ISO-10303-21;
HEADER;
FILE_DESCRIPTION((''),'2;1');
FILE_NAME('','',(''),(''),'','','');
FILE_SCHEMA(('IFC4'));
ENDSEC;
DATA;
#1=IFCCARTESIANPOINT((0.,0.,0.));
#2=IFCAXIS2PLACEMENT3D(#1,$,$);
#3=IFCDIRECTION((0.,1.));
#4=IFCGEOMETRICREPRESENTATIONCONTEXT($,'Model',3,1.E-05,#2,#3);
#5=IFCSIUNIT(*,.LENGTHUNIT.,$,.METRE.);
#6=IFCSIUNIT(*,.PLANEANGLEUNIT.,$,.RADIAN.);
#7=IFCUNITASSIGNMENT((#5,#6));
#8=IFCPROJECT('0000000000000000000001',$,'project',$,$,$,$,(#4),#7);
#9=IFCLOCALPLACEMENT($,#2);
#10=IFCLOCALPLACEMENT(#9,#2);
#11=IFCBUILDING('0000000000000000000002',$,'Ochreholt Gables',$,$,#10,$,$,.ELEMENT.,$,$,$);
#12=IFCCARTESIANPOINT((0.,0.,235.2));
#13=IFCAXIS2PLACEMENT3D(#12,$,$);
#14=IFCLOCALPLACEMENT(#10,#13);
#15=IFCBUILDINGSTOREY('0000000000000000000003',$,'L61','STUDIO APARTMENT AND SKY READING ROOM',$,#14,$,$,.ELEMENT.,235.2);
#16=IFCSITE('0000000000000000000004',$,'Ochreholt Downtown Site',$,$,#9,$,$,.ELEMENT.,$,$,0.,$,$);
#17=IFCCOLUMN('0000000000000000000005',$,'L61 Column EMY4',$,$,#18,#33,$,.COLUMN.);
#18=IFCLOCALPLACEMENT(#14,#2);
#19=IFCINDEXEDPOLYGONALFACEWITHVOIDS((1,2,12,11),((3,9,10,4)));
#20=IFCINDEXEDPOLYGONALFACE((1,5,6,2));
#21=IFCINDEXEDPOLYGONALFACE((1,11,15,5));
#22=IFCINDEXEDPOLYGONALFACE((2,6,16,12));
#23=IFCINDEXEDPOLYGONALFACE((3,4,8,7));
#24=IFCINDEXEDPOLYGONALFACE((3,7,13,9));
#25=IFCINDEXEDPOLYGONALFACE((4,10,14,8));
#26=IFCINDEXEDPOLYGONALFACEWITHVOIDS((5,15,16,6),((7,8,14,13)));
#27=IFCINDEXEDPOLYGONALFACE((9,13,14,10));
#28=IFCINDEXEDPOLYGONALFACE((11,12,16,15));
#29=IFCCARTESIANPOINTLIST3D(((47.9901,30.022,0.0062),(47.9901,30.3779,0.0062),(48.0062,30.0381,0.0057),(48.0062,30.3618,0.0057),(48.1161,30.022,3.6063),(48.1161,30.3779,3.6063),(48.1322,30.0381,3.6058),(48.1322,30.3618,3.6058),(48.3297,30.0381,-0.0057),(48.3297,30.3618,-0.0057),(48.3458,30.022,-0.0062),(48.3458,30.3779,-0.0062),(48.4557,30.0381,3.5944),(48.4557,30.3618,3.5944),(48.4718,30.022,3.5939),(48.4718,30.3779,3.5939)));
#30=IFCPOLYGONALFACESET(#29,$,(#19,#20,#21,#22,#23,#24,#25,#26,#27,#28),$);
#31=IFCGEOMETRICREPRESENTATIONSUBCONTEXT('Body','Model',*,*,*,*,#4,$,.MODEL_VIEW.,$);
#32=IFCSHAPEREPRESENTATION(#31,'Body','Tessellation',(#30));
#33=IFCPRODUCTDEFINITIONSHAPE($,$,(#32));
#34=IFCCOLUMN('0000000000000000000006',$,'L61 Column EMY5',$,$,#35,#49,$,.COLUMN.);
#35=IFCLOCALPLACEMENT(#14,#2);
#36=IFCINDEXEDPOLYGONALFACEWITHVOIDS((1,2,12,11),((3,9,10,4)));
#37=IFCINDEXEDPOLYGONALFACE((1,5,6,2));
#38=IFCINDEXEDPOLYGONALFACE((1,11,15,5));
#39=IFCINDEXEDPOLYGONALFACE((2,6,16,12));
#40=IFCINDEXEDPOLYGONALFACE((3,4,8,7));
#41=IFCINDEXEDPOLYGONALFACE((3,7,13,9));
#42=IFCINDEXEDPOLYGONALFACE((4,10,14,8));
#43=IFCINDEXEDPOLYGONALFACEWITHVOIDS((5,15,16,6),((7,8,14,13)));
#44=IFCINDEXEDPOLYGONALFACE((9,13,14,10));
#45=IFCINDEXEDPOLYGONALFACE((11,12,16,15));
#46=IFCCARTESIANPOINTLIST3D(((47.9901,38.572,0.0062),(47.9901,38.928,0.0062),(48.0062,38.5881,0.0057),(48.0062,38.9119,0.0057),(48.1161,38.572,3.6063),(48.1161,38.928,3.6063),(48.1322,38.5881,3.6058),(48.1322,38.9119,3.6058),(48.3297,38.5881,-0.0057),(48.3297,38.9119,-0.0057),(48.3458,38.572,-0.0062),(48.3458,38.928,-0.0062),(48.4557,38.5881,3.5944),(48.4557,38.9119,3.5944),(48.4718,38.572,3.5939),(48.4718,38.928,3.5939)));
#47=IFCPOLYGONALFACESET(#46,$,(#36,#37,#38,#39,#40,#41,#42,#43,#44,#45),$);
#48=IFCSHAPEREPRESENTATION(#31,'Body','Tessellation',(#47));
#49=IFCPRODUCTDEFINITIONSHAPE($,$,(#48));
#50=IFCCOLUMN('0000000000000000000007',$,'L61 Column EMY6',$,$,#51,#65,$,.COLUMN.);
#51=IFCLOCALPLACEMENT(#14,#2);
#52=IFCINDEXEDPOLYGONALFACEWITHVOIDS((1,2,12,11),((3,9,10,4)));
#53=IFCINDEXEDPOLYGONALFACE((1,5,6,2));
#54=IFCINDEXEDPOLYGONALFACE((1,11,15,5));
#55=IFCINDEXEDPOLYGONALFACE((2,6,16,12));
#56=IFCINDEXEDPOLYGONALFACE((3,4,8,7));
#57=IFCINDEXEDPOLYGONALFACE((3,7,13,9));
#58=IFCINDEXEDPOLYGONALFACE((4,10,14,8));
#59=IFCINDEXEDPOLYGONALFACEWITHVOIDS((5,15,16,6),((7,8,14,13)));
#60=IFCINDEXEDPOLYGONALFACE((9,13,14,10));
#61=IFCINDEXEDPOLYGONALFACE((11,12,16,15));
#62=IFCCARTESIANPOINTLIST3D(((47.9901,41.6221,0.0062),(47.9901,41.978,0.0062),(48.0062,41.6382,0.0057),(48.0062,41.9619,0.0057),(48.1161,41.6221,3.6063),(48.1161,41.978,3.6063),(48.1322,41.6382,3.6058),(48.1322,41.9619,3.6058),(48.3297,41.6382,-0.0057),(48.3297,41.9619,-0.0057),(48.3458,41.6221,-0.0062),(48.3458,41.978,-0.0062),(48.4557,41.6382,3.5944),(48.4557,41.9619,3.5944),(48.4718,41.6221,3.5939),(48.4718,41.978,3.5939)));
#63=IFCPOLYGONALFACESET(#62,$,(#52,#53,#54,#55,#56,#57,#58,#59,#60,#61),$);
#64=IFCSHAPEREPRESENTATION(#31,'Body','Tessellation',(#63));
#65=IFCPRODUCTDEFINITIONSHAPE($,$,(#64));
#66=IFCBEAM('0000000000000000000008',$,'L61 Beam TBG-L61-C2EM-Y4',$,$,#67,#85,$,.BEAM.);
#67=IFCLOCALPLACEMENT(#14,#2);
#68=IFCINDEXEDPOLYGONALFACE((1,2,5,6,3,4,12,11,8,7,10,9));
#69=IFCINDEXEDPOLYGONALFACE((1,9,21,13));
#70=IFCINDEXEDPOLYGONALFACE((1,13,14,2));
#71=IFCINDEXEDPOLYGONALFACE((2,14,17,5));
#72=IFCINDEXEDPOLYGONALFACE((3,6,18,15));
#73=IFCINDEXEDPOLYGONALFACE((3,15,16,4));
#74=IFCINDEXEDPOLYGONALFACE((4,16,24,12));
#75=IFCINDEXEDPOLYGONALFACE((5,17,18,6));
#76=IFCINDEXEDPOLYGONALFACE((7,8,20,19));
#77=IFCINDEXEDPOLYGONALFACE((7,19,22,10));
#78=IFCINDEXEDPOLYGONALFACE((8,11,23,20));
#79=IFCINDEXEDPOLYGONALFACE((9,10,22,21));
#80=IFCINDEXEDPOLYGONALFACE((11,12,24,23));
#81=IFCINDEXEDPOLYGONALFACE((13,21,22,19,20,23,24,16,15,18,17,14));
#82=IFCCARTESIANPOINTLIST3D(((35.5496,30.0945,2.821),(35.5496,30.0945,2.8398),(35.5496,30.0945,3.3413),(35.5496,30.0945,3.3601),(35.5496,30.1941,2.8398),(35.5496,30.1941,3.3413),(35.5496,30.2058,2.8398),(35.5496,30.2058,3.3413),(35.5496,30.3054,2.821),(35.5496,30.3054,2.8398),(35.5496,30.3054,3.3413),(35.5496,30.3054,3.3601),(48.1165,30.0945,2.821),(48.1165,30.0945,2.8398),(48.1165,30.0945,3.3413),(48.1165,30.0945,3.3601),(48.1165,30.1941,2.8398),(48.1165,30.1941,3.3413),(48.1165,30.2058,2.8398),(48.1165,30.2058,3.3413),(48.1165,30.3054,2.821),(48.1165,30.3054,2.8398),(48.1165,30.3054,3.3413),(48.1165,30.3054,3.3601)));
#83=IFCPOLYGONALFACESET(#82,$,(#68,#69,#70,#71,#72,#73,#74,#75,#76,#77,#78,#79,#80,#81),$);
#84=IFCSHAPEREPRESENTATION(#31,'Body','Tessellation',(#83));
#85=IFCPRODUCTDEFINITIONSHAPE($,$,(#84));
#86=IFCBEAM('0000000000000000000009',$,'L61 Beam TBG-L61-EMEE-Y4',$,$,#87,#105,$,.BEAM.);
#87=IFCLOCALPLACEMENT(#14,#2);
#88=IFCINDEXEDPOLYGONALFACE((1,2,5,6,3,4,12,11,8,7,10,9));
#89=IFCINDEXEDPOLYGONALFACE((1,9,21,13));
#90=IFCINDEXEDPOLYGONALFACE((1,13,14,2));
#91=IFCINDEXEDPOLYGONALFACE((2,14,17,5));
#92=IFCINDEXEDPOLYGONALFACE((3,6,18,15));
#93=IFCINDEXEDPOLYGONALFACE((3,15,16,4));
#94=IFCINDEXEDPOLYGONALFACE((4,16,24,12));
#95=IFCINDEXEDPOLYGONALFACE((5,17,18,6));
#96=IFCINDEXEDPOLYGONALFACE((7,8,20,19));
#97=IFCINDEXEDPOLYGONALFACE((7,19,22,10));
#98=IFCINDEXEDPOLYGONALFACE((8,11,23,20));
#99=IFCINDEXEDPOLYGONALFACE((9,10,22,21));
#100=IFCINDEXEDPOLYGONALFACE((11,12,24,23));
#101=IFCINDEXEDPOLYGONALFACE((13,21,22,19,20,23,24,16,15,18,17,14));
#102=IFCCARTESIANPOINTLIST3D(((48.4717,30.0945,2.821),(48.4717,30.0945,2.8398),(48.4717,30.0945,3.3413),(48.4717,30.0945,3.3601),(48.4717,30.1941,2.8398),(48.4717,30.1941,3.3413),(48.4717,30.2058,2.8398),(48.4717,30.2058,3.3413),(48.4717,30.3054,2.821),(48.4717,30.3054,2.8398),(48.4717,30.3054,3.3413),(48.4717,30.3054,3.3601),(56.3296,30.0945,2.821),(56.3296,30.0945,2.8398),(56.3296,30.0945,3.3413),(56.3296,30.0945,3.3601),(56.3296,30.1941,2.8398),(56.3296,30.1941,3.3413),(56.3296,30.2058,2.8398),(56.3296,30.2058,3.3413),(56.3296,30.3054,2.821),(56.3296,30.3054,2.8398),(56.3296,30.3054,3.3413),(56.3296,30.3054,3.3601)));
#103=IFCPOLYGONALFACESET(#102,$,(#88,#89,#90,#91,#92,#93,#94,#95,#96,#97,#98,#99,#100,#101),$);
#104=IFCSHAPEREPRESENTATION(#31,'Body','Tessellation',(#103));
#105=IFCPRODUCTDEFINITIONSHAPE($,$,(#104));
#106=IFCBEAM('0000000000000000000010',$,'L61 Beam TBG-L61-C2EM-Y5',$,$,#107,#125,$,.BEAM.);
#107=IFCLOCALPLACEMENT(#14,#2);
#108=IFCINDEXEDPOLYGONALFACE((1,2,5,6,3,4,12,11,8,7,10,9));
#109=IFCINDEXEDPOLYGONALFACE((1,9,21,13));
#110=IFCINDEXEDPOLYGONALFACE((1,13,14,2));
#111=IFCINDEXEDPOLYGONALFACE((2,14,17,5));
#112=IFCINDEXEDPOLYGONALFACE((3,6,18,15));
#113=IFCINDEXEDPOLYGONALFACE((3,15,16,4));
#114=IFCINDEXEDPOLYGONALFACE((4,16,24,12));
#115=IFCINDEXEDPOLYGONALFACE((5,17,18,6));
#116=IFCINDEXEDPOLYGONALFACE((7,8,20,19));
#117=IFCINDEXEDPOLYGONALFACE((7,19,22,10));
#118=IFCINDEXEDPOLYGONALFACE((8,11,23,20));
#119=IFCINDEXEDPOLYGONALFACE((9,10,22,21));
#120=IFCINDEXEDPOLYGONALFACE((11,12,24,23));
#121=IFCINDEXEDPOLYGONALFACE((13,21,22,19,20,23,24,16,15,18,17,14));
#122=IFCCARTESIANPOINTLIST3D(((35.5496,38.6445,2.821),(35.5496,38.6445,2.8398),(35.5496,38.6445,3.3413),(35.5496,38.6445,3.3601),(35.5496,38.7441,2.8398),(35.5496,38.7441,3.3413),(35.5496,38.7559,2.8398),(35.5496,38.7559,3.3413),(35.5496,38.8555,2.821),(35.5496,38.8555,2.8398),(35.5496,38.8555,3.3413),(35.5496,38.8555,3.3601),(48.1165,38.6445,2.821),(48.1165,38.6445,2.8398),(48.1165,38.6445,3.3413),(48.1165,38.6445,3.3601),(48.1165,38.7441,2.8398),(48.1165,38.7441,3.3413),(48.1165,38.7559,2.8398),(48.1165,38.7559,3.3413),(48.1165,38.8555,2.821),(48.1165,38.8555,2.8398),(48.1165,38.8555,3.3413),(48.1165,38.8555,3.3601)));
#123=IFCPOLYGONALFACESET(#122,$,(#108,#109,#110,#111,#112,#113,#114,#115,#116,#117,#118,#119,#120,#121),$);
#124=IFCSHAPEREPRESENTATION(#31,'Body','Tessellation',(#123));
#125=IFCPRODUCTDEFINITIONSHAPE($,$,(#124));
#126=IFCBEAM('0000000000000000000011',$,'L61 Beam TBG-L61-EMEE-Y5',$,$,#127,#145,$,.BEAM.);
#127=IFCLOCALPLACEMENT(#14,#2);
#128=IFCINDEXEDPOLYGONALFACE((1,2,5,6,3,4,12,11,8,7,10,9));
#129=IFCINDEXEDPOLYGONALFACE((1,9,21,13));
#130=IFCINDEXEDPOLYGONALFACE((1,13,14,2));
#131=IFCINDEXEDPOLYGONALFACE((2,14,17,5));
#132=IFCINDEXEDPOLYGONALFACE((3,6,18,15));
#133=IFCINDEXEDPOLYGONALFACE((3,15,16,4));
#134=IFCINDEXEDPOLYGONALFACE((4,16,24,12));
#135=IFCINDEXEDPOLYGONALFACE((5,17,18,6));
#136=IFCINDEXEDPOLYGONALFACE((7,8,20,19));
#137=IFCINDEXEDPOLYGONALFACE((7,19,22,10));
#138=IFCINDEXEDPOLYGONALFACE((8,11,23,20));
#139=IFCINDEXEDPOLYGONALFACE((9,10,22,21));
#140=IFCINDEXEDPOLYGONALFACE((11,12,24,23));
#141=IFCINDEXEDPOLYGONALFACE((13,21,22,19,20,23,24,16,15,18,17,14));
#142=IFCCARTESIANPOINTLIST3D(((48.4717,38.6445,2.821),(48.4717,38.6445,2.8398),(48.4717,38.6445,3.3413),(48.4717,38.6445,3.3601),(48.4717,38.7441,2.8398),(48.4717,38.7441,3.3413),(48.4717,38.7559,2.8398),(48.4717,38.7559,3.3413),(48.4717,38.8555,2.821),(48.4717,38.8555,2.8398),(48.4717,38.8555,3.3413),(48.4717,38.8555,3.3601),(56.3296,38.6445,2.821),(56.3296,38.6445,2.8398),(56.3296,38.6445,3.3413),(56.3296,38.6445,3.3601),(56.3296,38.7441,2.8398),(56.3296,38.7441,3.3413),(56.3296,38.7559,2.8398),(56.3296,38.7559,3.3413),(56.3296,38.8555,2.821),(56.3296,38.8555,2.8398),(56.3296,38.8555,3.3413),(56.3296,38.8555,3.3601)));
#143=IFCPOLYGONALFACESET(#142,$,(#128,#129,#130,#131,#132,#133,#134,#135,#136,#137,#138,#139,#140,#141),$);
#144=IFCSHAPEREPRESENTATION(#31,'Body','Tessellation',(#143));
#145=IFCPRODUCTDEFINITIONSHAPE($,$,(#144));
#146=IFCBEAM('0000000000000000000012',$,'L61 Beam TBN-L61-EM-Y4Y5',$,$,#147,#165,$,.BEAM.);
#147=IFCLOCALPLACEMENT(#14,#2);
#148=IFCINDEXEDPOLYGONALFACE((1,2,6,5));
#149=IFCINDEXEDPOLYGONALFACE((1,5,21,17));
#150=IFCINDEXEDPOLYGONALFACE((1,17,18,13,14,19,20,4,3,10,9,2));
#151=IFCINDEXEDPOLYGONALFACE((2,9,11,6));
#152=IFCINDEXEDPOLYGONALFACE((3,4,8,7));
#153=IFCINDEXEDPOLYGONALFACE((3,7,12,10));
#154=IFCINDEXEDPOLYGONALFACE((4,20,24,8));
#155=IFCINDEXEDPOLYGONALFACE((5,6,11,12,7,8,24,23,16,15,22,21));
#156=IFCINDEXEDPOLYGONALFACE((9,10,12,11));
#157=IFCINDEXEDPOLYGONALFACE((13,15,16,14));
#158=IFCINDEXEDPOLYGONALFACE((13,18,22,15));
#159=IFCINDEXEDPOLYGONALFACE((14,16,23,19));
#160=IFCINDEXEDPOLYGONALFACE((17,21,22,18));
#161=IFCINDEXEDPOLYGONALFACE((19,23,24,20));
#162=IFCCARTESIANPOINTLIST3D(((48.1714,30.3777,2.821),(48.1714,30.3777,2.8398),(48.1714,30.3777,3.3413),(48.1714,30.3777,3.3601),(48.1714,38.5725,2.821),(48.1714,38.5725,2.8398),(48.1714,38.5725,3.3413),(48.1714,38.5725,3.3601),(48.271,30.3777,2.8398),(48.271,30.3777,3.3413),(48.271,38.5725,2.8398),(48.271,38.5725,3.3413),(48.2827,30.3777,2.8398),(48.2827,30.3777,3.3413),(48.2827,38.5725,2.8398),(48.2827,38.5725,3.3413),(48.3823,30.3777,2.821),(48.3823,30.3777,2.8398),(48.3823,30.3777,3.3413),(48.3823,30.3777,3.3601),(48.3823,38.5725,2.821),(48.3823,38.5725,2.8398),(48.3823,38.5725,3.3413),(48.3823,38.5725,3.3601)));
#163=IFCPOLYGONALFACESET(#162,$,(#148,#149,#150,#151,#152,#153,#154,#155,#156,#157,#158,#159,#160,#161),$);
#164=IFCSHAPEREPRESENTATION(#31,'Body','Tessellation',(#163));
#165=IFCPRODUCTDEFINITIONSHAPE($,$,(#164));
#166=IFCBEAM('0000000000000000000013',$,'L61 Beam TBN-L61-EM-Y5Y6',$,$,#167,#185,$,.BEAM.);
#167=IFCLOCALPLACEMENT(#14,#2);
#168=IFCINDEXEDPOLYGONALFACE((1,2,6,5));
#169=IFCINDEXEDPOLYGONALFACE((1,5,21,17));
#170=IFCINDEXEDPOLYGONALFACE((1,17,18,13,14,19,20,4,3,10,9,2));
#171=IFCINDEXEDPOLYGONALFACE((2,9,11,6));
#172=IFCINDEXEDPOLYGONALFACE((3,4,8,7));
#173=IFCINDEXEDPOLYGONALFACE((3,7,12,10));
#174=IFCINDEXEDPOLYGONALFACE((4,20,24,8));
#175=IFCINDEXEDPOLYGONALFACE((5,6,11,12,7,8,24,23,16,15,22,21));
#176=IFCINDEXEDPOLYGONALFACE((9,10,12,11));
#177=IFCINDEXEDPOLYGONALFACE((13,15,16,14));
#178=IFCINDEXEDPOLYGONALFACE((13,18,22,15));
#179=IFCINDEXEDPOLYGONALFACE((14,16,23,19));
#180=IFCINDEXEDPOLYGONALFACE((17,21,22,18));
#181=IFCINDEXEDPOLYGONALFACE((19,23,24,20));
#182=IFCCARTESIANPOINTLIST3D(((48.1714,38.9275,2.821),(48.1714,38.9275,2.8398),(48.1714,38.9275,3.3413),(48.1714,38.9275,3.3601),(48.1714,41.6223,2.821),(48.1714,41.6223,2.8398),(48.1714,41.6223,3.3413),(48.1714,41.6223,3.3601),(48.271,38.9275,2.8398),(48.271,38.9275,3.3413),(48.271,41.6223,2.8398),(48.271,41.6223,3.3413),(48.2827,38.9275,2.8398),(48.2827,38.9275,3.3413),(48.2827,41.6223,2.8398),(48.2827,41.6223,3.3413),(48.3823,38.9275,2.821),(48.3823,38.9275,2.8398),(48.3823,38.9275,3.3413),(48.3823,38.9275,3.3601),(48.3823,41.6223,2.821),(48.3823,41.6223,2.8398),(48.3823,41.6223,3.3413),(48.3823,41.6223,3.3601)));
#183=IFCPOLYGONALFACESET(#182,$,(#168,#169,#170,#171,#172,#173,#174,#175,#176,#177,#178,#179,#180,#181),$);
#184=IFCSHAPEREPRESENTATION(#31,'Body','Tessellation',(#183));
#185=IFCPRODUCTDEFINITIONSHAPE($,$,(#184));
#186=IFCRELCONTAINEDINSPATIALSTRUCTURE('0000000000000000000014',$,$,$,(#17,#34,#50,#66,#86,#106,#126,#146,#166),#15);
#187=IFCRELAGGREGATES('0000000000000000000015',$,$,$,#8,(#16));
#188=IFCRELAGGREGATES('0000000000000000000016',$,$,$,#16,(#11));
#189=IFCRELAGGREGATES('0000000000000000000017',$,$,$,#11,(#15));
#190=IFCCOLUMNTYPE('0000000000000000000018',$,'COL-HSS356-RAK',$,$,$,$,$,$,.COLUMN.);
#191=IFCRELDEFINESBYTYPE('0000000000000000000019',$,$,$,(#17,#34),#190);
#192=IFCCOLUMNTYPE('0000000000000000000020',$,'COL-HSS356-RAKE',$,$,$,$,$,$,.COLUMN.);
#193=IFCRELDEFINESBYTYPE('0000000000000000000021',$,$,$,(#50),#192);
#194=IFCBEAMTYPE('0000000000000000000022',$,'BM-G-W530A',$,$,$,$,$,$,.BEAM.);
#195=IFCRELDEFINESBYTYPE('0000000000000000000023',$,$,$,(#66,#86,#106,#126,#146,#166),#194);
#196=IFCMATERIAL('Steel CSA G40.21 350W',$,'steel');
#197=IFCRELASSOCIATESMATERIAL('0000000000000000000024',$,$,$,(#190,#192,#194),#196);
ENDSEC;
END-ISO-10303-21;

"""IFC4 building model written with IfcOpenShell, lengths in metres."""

from ifc_helpers import new_model, si_unit, direction, frame, origin, origin_2d, place, context, subcontext, project, spatial, hollow_rectangle, i_section, extrude, material, material_profile, profile_set, type_object, element, save


model = new_model("IFC4")

# Units and contexts
model_context = context("Model", 3, precision=1e-05, world=origin(), true_north=direction((0.0, 1.0)))
body_context = subcontext(model_context, "Body", "Model", "MODEL_VIEW")
ifc_project = project(units=[si_unit("LENGTHUNIT", "METRE"), si_unit("PLANEANGLEUNIT", "RADIAN")], contexts=[model_context])

# Site, building, storey
site_placement = place(None, origin())
site = spatial("IfcSite", under=ifc_project, at=site_placement, Name="Ochreholt Downtown Site", CompositionType="ELEMENT", RefElevation=0.0)
building_placement = place(site_placement, origin())
building = spatial("IfcBuilding", under=site, at=building_placement, Name="Ochreholt Gables", CompositionType="ELEMENT")
storey_placement = place(building_placement, frame((0.0, 0.0, 235.2)))
storey = spatial("IfcBuildingStorey", under=building, at=storey_placement, Name="L61", Description="STUDIO APARTMENT AND SKY READING ROOM", CompositionType="ELEMENT", Elevation=235.2)

# Columns
ifc_material_1 = material(Name="Steel CSA G40.21 350W", Category="steel")
ifc_material_profile_1 = material_profile(ifc_material_1, hollow_rectangle(XDim=0.356, YDim=0.356, WallThickness=0.0161, at=origin_2d()), Name="HSS356X356X16")
ifc_profile_set_1 = profile_set([ifc_material_profile_1], Name="Steel CSA G40.21 350W")
column_type_1 = type_object("IfcColumnType", Name="COL-HSS356-RAK", PredefinedType="COLUMN", material=ifc_profile_set_1)
for number, where, z_axis, x_axis, name in (
    (1, (48.168, 30.2, 0.0), (0.034971, 0.0, 0.999388), (0.0, 1.0, 0.0), "L61 Column EMY4"),
    (2, (48.168, 38.75, 0.0), (0.034971, 0.0, 0.999388), (0.0, 1.0, 0.0), "L61 Column EMY5"),
):
    element("IfcColumn", number, at=place(storey_placement, frame(where, z_axis=z_axis, x_axis=x_axis)), inside=storey, type_object=column_type_1, Name=name, PredefinedType="COLUMN", context=body_context, shape_type="SweptSolid", body=[
        extrude(hollow_rectangle(XDim=0.356, YDim=0.356, WallThickness=0.0161, at=origin_2d()), origin(), (0.0, 0.0, 1.0), 3.6023),
    ])
ifc_material_profile_2 = material_profile(ifc_material_1, hollow_rectangle(XDim=0.356, YDim=0.356, WallThickness=0.0161, at=origin_2d()), Name="HSS356X356X16")
ifc_profile_set_2 = profile_set([ifc_material_profile_2], Name="Steel CSA G40.21 350W")
column_type_2 = type_object("IfcColumnType", Name="COL-HSS356-RAKE", PredefinedType="COLUMN", material=ifc_profile_set_2)
column_placement = place(storey_placement, frame((48.168, 41.8, 0.0), z_axis=(0.034971, 0.0, 0.999388), x_axis=(0.0, 1.0, 0.0)))
element("IfcColumn", 3, at=column_placement, inside=storey, type_object=column_type_2, Name="L61 Column EMY6", PredefinedType="COLUMN", context=body_context, shape_type="SweptSolid", body=[
    extrude(hollow_rectangle(XDim=0.356, YDim=0.356, WallThickness=0.0161, at=origin_2d()), origin(), (0.0, 0.0, 1.0), 3.6023),
])

# Beams
ifc_material_profile_3 = material_profile(ifc_material_1, i_section(OverallWidth=0.2109, OverallDepth=0.5391, WebThickness=0.0117, FlangeThickness=0.0188, at=origin_2d()), Name="W530X109")
ifc_profile_set_3 = profile_set([ifc_material_profile_3], Name="Steel CSA G40.21 350W")
beam_type_1 = type_object("IfcBeamType", Name="BM-G-W530A", PredefinedType="BEAM", material=ifc_profile_set_3)
beam_1_placement = place(storey_placement, frame((35.5496, 30.2, 3.0906), z_axis=(1.0, 0.0, 0.0), x_axis=(0.0, 1.0, 0.0)))
element("IfcBeam", 4, at=beam_1_placement, inside=storey, type_object=beam_type_1, Name="L61 Beam TBG-L61-C2EM-Y4", PredefinedType="BEAM", context=body_context, shape_type="SweptSolid", body=[
    extrude(i_section(OverallWidth=0.2109, OverallDepth=0.5391, WebThickness=0.0117, FlangeThickness=0.0188, at=origin_2d()), origin(), (0.0, 0.0, 1.0), 12.5669),
])
beam_2_placement = place(storey_placement, frame((48.4717, 30.2, 3.0906), z_axis=(1.0, 0.0, 0.0), x_axis=(0.0, 1.0, 0.0)))
element("IfcBeam", 5, at=beam_2_placement, inside=storey, type_object=beam_type_1, Name="L61 Beam TBG-L61-EMEE-Y4", PredefinedType="BEAM", context=body_context, shape_type="SweptSolid", body=[
    extrude(i_section(OverallWidth=0.2109, OverallDepth=0.5391, WebThickness=0.0117, FlangeThickness=0.0188, at=origin_2d()), origin(), (0.0, 0.0, 1.0), 7.8579),
])
beam_3_placement = place(storey_placement, frame((35.5496, 38.75, 3.0906), z_axis=(1.0, 0.0, 0.0), x_axis=(0.0, 1.0, 0.0)))
element("IfcBeam", 6, at=beam_3_placement, inside=storey, type_object=beam_type_1, Name="L61 Beam TBG-L61-C2EM-Y5", PredefinedType="BEAM", context=body_context, shape_type="SweptSolid", body=[
    extrude(i_section(OverallWidth=0.2109, OverallDepth=0.5391, WebThickness=0.0117, FlangeThickness=0.0188, at=origin_2d()), origin(), (0.0, 0.0, 1.0), 12.5669),
])
beam_4_placement = place(storey_placement, frame((48.4717, 38.75, 3.0906), z_axis=(1.0, 0.0, 0.0), x_axis=(0.0, 1.0, 0.0)))
element("IfcBeam", 7, at=beam_4_placement, inside=storey, type_object=beam_type_1, Name="L61 Beam TBG-L61-EMEE-Y5", PredefinedType="BEAM", context=body_context, shape_type="SweptSolid", body=[
    extrude(i_section(OverallWidth=0.2109, OverallDepth=0.5391, WebThickness=0.0117, FlangeThickness=0.0188, at=origin_2d()), origin(), (0.0, 0.0, 1.0), 7.8579),
])
beam_5_placement = place(storey_placement, frame((48.2769, 30.3777, 3.0906), z_axis=(0.0, 1.0, 0.0), x_axis=(-1.0, 0.0, 0.0)))
element("IfcBeam", 8, at=beam_5_placement, inside=storey, type_object=beam_type_1, Name="L61 Beam TBN-L61-EM-Y4Y5", PredefinedType="BEAM", context=body_context, shape_type="SweptSolid", body=[
    extrude(i_section(OverallWidth=0.2109, OverallDepth=0.5391, WebThickness=0.0117, FlangeThickness=0.0188, at=origin_2d()), origin(), (0.0, 0.0, 1.0), 8.1948),
])
beam_6_placement = place(storey_placement, frame((48.2769, 38.9275, 3.0906), z_axis=(0.0, 1.0, 0.0), x_axis=(-1.0, 0.0, 0.0)))
element("IfcBeam", 9, at=beam_6_placement, inside=storey, type_object=beam_type_1, Name="L61 Beam TBN-L61-EM-Y5Y6", PredefinedType="BEAM", context=body_context, shape_type="SweptSolid", body=[
    extrude(i_section(OverallWidth=0.2109, OverallDepth=0.5391, WebThickness=0.0117, FlangeThickness=0.0188, at=origin_2d()), origin(), (0.0, 0.0, 1.0), 2.6948),
])

save(model, "model.ifc")
